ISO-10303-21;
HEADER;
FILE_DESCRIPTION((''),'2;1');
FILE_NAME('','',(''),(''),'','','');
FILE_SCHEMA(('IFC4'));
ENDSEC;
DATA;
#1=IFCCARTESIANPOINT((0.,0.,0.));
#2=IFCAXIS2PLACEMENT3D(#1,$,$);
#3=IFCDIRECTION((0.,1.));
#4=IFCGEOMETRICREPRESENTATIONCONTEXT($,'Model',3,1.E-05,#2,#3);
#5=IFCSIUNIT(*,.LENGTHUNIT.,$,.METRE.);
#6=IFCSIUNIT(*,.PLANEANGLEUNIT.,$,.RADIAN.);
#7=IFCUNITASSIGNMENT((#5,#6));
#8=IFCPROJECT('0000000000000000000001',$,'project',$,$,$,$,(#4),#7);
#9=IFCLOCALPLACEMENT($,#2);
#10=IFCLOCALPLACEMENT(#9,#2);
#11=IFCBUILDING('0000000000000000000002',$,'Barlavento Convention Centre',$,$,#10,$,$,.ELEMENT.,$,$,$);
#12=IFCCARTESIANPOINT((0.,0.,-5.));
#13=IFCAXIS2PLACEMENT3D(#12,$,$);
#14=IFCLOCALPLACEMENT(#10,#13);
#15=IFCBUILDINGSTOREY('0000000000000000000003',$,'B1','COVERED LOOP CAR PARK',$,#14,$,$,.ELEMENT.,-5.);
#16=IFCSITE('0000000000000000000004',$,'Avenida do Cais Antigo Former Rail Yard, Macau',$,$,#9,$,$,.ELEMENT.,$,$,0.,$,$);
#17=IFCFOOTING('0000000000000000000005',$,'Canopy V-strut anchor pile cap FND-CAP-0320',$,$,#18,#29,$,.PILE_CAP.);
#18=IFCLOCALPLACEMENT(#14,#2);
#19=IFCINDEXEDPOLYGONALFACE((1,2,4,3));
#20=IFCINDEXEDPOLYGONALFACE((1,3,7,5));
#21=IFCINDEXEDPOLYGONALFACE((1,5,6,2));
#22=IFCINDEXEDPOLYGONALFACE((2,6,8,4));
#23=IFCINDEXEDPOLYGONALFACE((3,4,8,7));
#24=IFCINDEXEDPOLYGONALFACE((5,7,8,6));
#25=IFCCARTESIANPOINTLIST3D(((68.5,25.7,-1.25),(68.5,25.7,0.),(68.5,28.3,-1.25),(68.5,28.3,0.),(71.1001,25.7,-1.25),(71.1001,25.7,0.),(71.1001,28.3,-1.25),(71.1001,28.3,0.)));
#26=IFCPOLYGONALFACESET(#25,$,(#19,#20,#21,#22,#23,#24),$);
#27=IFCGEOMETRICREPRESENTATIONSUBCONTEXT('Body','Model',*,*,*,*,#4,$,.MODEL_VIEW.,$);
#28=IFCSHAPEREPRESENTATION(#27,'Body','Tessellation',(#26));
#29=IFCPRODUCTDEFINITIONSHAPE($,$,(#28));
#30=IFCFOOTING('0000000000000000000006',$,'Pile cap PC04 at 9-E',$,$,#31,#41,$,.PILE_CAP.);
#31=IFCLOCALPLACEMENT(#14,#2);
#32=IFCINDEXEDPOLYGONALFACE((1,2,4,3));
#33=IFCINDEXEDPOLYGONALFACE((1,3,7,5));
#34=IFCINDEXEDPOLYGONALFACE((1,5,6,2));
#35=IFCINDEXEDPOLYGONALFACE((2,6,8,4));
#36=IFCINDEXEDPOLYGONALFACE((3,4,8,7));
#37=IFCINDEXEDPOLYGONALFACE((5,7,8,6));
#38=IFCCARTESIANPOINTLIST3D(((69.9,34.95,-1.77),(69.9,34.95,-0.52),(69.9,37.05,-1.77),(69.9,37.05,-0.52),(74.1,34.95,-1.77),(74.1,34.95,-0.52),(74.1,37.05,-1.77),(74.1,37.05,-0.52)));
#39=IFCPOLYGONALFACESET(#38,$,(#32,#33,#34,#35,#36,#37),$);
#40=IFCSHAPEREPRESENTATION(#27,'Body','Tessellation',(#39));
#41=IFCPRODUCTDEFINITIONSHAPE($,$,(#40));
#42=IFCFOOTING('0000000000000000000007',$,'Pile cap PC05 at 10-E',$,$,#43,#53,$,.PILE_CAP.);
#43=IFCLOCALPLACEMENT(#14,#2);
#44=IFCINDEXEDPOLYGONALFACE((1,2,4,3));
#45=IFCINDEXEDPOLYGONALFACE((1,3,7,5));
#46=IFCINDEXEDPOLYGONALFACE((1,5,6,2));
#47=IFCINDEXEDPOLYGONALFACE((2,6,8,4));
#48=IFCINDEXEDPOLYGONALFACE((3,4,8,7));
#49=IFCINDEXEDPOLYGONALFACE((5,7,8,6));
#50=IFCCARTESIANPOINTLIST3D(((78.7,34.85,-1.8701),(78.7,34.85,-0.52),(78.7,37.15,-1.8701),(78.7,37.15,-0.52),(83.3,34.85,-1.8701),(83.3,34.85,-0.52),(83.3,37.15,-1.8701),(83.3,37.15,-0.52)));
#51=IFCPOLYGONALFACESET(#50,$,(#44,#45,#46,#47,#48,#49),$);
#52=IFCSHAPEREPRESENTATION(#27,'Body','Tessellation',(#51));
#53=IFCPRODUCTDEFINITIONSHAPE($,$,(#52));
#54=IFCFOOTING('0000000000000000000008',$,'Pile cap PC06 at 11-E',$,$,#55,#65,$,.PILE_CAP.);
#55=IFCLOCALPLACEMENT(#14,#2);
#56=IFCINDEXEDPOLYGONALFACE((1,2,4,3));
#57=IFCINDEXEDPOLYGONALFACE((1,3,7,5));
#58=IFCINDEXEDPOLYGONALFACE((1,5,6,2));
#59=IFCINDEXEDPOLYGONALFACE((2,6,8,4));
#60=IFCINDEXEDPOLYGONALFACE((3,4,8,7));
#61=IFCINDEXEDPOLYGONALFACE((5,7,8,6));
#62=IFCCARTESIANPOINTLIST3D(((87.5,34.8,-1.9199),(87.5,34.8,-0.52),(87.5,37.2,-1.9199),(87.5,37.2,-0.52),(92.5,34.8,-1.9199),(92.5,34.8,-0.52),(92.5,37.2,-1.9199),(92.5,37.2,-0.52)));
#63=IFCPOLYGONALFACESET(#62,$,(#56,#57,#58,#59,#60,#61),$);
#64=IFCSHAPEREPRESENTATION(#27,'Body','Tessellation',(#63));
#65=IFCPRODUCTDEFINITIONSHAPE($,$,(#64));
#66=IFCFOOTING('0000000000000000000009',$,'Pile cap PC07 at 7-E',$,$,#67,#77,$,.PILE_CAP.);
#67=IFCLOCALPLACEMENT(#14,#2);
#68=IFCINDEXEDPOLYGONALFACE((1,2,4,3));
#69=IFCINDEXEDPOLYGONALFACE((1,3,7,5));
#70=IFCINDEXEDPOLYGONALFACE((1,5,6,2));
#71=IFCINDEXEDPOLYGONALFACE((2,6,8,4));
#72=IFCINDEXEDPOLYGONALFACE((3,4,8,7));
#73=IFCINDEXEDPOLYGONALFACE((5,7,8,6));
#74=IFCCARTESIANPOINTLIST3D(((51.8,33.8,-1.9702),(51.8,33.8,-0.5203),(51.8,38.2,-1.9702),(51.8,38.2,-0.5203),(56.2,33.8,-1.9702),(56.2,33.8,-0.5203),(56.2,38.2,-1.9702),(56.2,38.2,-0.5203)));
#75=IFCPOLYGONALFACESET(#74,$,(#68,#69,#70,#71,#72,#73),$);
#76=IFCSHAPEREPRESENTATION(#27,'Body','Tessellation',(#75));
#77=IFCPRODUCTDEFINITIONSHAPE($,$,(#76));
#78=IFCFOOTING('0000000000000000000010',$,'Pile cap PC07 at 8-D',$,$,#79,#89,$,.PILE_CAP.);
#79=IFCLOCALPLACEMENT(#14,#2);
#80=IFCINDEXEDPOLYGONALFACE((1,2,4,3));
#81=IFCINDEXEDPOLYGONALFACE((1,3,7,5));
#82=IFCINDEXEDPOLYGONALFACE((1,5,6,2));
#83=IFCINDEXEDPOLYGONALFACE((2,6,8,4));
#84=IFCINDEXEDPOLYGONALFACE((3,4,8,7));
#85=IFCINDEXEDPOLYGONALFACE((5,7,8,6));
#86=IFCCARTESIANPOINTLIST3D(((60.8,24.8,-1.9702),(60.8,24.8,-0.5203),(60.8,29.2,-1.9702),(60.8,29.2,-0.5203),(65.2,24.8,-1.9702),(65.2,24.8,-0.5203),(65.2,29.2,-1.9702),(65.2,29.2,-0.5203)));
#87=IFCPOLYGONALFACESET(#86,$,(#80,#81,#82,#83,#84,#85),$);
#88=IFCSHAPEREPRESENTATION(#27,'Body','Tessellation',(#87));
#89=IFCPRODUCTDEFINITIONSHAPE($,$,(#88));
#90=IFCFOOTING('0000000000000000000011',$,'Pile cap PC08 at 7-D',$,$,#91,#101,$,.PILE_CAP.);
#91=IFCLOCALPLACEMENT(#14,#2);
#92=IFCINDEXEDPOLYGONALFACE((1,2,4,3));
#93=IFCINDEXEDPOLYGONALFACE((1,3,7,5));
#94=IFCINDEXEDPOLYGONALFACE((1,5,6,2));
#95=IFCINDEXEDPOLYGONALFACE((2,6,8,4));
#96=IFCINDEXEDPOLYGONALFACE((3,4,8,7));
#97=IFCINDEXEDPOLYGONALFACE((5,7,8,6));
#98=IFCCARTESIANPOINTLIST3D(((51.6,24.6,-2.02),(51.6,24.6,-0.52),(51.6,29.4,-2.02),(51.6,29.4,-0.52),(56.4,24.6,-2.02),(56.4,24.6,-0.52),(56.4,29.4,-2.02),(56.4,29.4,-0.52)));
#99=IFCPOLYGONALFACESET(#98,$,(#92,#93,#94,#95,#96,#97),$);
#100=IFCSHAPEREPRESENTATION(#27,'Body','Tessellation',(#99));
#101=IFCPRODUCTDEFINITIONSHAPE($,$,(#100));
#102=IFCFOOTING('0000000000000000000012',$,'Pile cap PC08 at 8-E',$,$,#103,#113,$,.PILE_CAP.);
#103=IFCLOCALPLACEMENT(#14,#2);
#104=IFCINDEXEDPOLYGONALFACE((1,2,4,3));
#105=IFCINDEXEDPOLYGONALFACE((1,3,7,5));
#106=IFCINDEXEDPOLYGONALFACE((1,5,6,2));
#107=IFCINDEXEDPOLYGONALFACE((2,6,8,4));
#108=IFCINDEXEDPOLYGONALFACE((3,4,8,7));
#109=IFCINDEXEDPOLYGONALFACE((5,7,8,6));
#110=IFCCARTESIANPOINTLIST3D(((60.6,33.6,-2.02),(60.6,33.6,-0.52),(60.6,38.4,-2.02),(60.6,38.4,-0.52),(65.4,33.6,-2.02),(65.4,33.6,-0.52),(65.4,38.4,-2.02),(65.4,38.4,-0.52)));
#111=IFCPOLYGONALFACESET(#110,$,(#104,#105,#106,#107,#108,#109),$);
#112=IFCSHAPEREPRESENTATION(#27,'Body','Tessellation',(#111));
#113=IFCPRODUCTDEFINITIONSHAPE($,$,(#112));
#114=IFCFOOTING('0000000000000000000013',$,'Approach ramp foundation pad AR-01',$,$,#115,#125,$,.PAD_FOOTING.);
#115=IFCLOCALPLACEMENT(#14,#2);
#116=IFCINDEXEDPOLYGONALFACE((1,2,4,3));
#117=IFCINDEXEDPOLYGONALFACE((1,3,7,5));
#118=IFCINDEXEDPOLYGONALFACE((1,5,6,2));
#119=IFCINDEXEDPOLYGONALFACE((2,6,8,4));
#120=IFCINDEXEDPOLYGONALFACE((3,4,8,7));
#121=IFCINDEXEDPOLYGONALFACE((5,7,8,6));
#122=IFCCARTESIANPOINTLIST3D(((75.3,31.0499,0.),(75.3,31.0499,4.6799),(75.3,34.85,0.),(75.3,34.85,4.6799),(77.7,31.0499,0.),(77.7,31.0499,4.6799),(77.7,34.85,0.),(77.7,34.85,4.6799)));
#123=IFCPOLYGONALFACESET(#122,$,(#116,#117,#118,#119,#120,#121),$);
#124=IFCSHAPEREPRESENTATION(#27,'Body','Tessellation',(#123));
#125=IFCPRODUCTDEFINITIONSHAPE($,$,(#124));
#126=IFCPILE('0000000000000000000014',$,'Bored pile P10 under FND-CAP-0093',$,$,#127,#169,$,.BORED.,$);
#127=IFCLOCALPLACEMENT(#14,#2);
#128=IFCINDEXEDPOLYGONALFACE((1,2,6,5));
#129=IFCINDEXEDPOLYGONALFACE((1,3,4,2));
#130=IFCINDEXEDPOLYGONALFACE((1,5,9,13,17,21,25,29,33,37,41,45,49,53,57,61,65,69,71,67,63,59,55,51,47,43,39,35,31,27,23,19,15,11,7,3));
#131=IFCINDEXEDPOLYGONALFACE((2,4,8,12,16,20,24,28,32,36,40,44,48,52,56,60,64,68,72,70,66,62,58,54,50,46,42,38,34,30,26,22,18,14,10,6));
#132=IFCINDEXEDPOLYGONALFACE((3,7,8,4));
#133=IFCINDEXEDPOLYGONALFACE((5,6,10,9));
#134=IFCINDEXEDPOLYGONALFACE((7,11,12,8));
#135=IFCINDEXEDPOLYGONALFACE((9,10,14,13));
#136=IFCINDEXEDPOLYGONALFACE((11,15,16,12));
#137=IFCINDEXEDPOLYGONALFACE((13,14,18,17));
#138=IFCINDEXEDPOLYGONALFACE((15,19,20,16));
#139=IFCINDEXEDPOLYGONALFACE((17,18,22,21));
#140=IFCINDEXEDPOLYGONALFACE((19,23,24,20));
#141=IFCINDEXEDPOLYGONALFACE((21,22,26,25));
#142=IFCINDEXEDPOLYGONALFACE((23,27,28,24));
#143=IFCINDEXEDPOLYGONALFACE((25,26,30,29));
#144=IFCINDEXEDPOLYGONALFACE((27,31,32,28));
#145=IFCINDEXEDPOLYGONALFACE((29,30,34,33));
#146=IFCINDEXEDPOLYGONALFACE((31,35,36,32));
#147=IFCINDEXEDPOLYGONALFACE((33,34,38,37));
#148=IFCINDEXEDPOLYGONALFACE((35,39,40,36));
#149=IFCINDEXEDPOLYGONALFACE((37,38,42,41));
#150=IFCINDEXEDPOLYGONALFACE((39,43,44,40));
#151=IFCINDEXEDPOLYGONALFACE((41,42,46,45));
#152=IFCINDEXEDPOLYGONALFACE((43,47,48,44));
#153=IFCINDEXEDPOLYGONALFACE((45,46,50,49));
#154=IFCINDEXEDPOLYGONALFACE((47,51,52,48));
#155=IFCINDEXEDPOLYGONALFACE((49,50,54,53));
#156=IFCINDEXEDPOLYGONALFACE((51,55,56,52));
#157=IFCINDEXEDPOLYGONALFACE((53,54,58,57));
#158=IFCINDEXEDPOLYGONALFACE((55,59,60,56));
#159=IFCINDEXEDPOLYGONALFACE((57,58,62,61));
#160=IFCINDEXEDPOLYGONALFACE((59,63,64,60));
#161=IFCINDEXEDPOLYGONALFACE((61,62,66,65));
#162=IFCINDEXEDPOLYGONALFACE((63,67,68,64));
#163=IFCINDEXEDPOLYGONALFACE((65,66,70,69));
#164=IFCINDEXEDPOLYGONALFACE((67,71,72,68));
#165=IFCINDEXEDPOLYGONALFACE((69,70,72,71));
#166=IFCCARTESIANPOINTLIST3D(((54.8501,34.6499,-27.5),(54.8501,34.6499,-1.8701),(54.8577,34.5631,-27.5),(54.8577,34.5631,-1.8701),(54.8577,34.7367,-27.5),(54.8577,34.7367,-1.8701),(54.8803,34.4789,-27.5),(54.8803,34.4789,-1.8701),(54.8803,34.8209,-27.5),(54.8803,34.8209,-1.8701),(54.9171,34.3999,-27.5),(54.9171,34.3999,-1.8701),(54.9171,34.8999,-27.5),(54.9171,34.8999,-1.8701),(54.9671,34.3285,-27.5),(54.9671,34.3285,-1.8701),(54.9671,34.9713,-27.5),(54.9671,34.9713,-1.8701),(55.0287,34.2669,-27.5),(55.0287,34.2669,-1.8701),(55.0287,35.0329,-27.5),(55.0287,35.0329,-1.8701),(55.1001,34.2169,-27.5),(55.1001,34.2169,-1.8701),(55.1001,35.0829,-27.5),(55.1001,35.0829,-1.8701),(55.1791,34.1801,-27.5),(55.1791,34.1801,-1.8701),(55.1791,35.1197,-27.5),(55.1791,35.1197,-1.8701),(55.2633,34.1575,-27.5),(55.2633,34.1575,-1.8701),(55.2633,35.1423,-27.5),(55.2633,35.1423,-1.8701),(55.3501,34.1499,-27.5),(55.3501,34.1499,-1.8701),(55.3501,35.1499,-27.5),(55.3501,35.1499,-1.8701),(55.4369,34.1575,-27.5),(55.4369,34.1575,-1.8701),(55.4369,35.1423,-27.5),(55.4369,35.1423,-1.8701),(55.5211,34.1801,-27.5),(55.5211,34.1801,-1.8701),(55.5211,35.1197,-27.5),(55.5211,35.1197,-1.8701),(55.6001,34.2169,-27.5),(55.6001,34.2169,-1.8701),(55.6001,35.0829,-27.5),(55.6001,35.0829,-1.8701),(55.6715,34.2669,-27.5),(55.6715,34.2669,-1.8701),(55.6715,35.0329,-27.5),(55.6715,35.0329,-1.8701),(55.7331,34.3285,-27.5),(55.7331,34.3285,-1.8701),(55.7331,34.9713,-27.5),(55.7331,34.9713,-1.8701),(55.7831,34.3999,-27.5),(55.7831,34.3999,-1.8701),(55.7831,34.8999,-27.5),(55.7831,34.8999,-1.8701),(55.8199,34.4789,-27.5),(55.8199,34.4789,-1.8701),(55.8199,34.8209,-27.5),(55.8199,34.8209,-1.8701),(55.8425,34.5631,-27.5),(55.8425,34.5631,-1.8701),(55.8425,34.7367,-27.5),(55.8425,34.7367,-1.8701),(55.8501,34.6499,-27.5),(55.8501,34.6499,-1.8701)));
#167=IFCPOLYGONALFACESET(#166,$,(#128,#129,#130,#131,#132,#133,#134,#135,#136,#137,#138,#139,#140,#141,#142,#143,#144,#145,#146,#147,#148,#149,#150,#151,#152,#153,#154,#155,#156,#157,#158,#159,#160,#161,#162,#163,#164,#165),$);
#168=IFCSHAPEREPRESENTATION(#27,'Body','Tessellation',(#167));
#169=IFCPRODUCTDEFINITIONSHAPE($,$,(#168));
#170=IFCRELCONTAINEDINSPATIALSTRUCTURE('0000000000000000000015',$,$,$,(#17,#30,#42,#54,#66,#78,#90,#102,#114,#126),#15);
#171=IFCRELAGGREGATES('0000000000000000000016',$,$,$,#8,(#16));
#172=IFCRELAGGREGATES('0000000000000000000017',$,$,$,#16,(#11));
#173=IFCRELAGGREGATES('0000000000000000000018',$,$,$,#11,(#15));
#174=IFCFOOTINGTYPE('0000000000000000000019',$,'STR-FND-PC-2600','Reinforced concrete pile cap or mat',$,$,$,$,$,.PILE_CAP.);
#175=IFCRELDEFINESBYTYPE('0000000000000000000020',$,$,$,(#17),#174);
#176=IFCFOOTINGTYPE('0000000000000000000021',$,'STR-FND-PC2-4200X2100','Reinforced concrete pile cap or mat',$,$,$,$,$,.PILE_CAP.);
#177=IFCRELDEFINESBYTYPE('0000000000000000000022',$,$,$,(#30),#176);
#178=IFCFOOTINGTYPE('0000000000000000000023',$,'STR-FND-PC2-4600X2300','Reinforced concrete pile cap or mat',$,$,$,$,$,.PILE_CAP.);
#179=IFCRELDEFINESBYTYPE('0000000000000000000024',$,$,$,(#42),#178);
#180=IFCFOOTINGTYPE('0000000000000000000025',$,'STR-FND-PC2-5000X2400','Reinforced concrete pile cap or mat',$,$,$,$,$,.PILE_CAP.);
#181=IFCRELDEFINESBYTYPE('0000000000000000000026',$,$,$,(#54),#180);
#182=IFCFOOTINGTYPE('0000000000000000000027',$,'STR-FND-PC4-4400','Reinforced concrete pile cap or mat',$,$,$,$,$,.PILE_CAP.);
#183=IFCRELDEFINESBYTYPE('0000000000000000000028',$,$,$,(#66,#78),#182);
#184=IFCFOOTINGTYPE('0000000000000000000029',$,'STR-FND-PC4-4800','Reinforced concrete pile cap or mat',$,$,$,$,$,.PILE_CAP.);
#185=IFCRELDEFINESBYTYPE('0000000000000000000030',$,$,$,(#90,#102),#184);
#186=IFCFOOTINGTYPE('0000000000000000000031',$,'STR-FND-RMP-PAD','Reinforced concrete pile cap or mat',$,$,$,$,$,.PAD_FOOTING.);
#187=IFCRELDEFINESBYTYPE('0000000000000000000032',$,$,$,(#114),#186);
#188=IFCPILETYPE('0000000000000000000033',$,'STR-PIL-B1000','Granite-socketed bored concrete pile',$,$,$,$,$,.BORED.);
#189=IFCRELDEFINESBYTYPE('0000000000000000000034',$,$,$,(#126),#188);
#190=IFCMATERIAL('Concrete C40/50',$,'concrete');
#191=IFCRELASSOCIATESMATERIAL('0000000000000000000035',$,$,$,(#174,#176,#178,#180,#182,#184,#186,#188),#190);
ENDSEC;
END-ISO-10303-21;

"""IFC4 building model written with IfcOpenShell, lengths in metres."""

from ifc_helpers import new_model, si_unit, direction, frame, origin, origin_2d, place, context, subcontext, project, spatial, rectangle, circle, extrude, material, material_profile, profile_set, type_object, element, save


model = new_model("IFC4")

# Units and contexts
model_context = context("Model", 3, precision=1e-05, world=origin(), true_north=direction((0.0, 1.0)))
body_context = subcontext(model_context, "Body", "Model", "MODEL_VIEW")
ifc_project = project(units=[si_unit("LENGTHUNIT", "METRE"), si_unit("PLANEANGLEUNIT", "RADIAN")], contexts=[model_context])

# Site, building, storey
site_placement = place(None, origin())
site = spatial("IfcSite", under=ifc_project, at=site_placement, Name="Avenida do Cais Antigo Former Rail Yard, Macau", CompositionType="ELEMENT", RefElevation=0.0)
building_placement = place(site_placement, origin())
building = spatial("IfcBuilding", under=site, at=building_placement, Name="Barlavento Convention Centre", CompositionType="ELEMENT")
storey_placement = place(building_placement, frame((0.0, 0.0, -5.0)))
storey = spatial("IfcBuildingStorey", under=building, at=storey_placement, Name="B1", Description="COVERED LOOP CAR PARK", CompositionType="ELEMENT", Elevation=-5.0)

# Footings
ifc_material_1 = material(Name="Concrete C40/50", Category="concrete")
footing_type_1 = type_object("IfcFootingType", Name="STR-FND-PC-2600", Description="Reinforced concrete pile cap or mat", PredefinedType="PILE_CAP", material=ifc_material_1)
footing_1_placement = place(storey_placement, frame((69.8, 27.0, -1.25), z_axis=(0.0, 0.0, 1.0), x_axis=(1.0, 0.0, 0.0)))
element("IfcFooting", 1, at=footing_1_placement, inside=storey, type_object=footing_type_1, Name="Canopy V-strut anchor pile cap FND-CAP-0320", PredefinedType="PILE_CAP", context=body_context, shape_type="SweptSolid", body=[
    extrude(rectangle(XDim=2.6001, YDim=2.6001, at=origin_2d()), origin(), (0.0, 0.0, 1.0), 1.25),
])
footing_type_2 = type_object("IfcFootingType", Name="STR-FND-PC2-4200X2100", Description="Reinforced concrete pile cap or mat", PredefinedType="PILE_CAP", material=ifc_material_1)
footing_2_placement = place(storey_placement, frame((72.0, 36.0, -1.77), z_axis=(0.0, 0.0, 1.0), x_axis=(1.0, 0.0, 0.0)))
element("IfcFooting", 2, at=footing_2_placement, inside=storey, type_object=footing_type_2, Name="Pile cap PC04 at 9-E", PredefinedType="PILE_CAP", context=body_context, shape_type="SweptSolid", body=[
    extrude(rectangle(XDim=4.2, YDim=2.1001, at=origin_2d()), origin(), (0.0, 0.0, 1.0), 1.25),
])
footing_type_3 = type_object("IfcFootingType", Name="STR-FND-PC2-4600X2300", Description="Reinforced concrete pile cap or mat", PredefinedType="PILE_CAP", material=ifc_material_1)
footing_3_placement = place(storey_placement, frame((81.0, 36.0, -1.8701), z_axis=(0.0, 0.0, 1.0), x_axis=(1.0, 0.0, 0.0)))
element("IfcFooting", 3, at=footing_3_placement, inside=storey, type_object=footing_type_3, Name="Pile cap PC05 at 10-E", PredefinedType="PILE_CAP", context=body_context, shape_type="SweptSolid", body=[
    extrude(rectangle(XDim=4.6001, YDim=2.3, at=origin_2d()), origin(), (0.0, 0.0, 1.0), 1.3501),
])
footing_type_4 = type_object("IfcFootingType", Name="STR-FND-PC2-5000X2400", Description="Reinforced concrete pile cap or mat", PredefinedType="PILE_CAP", material=ifc_material_1)
footing_4_placement = place(storey_placement, frame((90.0, 36.0, -1.9199), z_axis=(0.0, 0.0, 1.0), x_axis=(1.0, 0.0, 0.0)))
element("IfcFooting", 4, at=footing_4_placement, inside=storey, type_object=footing_type_4, Name="Pile cap PC06 at 11-E", PredefinedType="PILE_CAP", context=body_context, shape_type="SweptSolid", body=[
    extrude(rectangle(XDim=5.0, YDim=2.3999, at=origin_2d()), origin(), (0.0, 0.0, 1.0), 1.3999),
])
footing_type_5 = type_object("IfcFootingType", Name="STR-FND-PC4-4400", Description="Reinforced concrete pile cap or mat", PredefinedType="PILE_CAP", material=ifc_material_1)
for number, where, z_axis, x_axis, name in (
    (5, (54.0, 36.0, -1.9702), (0.0, 0.0, 1.0), (1.0, 0.0, 0.0), "Pile cap PC07 at 7-E"),
    (6, (63.0, 27.0, -1.9702), (0.0, 0.0, 1.0), (1.0, 0.0, 0.0), "Pile cap PC07 at 8-D"),
):
    element("IfcFooting", number, at=place(storey_placement, frame(where, z_axis=z_axis, x_axis=x_axis)), inside=storey, type_object=footing_type_5, Name=name, PredefinedType="PILE_CAP", context=body_context, shape_type="SweptSolid", body=[
        extrude(rectangle(XDim=4.3999, YDim=4.3999, at=origin_2d()), origin(), (0.0, 0.0, 1.0), 1.45),
    ])
footing_type_6 = type_object("IfcFootingType", Name="STR-FND-PC4-4800", Description="Reinforced concrete pile cap or mat", PredefinedType="PILE_CAP", material=ifc_material_1)
for number, where, z_axis, x_axis, name in (
    (7, (54.0, 27.0, -2.02), (0.0, 0.0, 1.0), (1.0, 0.0, 0.0), "Pile cap PC08 at 7-D"),
    (8, (63.0, 36.0, -2.02), (0.0, 0.0, 1.0), (1.0, 0.0, 0.0), "Pile cap PC08 at 8-E"),
):
    element("IfcFooting", number, at=place(storey_placement, frame(where, z_axis=z_axis, x_axis=x_axis)), inside=storey, type_object=footing_type_6, Name=name, PredefinedType="PILE_CAP", context=body_context, shape_type="SweptSolid", body=[
        extrude(rectangle(XDim=4.8, YDim=4.8, at=origin_2d()), origin(), (0.0, 0.0, 1.0), 1.5),
    ])
footing_type_7 = type_object("IfcFootingType", Name="STR-FND-RMP-PAD", Description="Reinforced concrete pile cap or mat", PredefinedType="PAD_FOOTING", material=ifc_material_1)
footing_5_placement = place(storey_placement, frame((76.5, 32.95, 0.0), z_axis=(0.0, 0.0, 1.0), x_axis=(1.0, 0.0, 0.0)))
element("IfcFooting", 9, at=footing_5_placement, inside=storey, type_object=footing_type_7, Name="Approach ramp foundation pad AR-01", PredefinedType="PAD_FOOTING", context=body_context, shape_type="SweptSolid", body=[
    extrude(rectangle(XDim=2.3999, YDim=3.8, at=origin_2d()), origin(), (0.0, 0.0, 1.0), 4.6799),
])

# Pile
ifc_material_profile_1 = material_profile(ifc_material_1, circle(Radius=0.5, at=origin_2d()), Name="BORED PILE 1000")
ifc_profile_set_1 = profile_set([ifc_material_profile_1], Name="Concrete C40/50")
pile_type_1 = type_object("IfcPileType", Name="STR-PIL-B1000", Description="Granite-socketed bored concrete pile", PredefinedType="BORED", material=ifc_profile_set_1)
for number, where, z_axis, x_axis, name in (
    (10, (55.3501, 34.6499, -1.8701), (0.0, 0.0, -1.0), (1.0, 0.0, 0.0), "Bored pile P10 under FND-CAP-0093"),
):
    element("IfcPile", number, at=place(storey_placement, frame(where, z_axis=z_axis, x_axis=x_axis)), inside=storey, type_object=pile_type_1, Name=name, PredefinedType="BORED", context=body_context, shape_type="SweptSolid", body=[
        extrude(circle(Radius=0.5, at=origin_2d()), origin(), (0.0, 0.0, 1.0), 25.6299),
    ])

save(model, "model.ifc")
